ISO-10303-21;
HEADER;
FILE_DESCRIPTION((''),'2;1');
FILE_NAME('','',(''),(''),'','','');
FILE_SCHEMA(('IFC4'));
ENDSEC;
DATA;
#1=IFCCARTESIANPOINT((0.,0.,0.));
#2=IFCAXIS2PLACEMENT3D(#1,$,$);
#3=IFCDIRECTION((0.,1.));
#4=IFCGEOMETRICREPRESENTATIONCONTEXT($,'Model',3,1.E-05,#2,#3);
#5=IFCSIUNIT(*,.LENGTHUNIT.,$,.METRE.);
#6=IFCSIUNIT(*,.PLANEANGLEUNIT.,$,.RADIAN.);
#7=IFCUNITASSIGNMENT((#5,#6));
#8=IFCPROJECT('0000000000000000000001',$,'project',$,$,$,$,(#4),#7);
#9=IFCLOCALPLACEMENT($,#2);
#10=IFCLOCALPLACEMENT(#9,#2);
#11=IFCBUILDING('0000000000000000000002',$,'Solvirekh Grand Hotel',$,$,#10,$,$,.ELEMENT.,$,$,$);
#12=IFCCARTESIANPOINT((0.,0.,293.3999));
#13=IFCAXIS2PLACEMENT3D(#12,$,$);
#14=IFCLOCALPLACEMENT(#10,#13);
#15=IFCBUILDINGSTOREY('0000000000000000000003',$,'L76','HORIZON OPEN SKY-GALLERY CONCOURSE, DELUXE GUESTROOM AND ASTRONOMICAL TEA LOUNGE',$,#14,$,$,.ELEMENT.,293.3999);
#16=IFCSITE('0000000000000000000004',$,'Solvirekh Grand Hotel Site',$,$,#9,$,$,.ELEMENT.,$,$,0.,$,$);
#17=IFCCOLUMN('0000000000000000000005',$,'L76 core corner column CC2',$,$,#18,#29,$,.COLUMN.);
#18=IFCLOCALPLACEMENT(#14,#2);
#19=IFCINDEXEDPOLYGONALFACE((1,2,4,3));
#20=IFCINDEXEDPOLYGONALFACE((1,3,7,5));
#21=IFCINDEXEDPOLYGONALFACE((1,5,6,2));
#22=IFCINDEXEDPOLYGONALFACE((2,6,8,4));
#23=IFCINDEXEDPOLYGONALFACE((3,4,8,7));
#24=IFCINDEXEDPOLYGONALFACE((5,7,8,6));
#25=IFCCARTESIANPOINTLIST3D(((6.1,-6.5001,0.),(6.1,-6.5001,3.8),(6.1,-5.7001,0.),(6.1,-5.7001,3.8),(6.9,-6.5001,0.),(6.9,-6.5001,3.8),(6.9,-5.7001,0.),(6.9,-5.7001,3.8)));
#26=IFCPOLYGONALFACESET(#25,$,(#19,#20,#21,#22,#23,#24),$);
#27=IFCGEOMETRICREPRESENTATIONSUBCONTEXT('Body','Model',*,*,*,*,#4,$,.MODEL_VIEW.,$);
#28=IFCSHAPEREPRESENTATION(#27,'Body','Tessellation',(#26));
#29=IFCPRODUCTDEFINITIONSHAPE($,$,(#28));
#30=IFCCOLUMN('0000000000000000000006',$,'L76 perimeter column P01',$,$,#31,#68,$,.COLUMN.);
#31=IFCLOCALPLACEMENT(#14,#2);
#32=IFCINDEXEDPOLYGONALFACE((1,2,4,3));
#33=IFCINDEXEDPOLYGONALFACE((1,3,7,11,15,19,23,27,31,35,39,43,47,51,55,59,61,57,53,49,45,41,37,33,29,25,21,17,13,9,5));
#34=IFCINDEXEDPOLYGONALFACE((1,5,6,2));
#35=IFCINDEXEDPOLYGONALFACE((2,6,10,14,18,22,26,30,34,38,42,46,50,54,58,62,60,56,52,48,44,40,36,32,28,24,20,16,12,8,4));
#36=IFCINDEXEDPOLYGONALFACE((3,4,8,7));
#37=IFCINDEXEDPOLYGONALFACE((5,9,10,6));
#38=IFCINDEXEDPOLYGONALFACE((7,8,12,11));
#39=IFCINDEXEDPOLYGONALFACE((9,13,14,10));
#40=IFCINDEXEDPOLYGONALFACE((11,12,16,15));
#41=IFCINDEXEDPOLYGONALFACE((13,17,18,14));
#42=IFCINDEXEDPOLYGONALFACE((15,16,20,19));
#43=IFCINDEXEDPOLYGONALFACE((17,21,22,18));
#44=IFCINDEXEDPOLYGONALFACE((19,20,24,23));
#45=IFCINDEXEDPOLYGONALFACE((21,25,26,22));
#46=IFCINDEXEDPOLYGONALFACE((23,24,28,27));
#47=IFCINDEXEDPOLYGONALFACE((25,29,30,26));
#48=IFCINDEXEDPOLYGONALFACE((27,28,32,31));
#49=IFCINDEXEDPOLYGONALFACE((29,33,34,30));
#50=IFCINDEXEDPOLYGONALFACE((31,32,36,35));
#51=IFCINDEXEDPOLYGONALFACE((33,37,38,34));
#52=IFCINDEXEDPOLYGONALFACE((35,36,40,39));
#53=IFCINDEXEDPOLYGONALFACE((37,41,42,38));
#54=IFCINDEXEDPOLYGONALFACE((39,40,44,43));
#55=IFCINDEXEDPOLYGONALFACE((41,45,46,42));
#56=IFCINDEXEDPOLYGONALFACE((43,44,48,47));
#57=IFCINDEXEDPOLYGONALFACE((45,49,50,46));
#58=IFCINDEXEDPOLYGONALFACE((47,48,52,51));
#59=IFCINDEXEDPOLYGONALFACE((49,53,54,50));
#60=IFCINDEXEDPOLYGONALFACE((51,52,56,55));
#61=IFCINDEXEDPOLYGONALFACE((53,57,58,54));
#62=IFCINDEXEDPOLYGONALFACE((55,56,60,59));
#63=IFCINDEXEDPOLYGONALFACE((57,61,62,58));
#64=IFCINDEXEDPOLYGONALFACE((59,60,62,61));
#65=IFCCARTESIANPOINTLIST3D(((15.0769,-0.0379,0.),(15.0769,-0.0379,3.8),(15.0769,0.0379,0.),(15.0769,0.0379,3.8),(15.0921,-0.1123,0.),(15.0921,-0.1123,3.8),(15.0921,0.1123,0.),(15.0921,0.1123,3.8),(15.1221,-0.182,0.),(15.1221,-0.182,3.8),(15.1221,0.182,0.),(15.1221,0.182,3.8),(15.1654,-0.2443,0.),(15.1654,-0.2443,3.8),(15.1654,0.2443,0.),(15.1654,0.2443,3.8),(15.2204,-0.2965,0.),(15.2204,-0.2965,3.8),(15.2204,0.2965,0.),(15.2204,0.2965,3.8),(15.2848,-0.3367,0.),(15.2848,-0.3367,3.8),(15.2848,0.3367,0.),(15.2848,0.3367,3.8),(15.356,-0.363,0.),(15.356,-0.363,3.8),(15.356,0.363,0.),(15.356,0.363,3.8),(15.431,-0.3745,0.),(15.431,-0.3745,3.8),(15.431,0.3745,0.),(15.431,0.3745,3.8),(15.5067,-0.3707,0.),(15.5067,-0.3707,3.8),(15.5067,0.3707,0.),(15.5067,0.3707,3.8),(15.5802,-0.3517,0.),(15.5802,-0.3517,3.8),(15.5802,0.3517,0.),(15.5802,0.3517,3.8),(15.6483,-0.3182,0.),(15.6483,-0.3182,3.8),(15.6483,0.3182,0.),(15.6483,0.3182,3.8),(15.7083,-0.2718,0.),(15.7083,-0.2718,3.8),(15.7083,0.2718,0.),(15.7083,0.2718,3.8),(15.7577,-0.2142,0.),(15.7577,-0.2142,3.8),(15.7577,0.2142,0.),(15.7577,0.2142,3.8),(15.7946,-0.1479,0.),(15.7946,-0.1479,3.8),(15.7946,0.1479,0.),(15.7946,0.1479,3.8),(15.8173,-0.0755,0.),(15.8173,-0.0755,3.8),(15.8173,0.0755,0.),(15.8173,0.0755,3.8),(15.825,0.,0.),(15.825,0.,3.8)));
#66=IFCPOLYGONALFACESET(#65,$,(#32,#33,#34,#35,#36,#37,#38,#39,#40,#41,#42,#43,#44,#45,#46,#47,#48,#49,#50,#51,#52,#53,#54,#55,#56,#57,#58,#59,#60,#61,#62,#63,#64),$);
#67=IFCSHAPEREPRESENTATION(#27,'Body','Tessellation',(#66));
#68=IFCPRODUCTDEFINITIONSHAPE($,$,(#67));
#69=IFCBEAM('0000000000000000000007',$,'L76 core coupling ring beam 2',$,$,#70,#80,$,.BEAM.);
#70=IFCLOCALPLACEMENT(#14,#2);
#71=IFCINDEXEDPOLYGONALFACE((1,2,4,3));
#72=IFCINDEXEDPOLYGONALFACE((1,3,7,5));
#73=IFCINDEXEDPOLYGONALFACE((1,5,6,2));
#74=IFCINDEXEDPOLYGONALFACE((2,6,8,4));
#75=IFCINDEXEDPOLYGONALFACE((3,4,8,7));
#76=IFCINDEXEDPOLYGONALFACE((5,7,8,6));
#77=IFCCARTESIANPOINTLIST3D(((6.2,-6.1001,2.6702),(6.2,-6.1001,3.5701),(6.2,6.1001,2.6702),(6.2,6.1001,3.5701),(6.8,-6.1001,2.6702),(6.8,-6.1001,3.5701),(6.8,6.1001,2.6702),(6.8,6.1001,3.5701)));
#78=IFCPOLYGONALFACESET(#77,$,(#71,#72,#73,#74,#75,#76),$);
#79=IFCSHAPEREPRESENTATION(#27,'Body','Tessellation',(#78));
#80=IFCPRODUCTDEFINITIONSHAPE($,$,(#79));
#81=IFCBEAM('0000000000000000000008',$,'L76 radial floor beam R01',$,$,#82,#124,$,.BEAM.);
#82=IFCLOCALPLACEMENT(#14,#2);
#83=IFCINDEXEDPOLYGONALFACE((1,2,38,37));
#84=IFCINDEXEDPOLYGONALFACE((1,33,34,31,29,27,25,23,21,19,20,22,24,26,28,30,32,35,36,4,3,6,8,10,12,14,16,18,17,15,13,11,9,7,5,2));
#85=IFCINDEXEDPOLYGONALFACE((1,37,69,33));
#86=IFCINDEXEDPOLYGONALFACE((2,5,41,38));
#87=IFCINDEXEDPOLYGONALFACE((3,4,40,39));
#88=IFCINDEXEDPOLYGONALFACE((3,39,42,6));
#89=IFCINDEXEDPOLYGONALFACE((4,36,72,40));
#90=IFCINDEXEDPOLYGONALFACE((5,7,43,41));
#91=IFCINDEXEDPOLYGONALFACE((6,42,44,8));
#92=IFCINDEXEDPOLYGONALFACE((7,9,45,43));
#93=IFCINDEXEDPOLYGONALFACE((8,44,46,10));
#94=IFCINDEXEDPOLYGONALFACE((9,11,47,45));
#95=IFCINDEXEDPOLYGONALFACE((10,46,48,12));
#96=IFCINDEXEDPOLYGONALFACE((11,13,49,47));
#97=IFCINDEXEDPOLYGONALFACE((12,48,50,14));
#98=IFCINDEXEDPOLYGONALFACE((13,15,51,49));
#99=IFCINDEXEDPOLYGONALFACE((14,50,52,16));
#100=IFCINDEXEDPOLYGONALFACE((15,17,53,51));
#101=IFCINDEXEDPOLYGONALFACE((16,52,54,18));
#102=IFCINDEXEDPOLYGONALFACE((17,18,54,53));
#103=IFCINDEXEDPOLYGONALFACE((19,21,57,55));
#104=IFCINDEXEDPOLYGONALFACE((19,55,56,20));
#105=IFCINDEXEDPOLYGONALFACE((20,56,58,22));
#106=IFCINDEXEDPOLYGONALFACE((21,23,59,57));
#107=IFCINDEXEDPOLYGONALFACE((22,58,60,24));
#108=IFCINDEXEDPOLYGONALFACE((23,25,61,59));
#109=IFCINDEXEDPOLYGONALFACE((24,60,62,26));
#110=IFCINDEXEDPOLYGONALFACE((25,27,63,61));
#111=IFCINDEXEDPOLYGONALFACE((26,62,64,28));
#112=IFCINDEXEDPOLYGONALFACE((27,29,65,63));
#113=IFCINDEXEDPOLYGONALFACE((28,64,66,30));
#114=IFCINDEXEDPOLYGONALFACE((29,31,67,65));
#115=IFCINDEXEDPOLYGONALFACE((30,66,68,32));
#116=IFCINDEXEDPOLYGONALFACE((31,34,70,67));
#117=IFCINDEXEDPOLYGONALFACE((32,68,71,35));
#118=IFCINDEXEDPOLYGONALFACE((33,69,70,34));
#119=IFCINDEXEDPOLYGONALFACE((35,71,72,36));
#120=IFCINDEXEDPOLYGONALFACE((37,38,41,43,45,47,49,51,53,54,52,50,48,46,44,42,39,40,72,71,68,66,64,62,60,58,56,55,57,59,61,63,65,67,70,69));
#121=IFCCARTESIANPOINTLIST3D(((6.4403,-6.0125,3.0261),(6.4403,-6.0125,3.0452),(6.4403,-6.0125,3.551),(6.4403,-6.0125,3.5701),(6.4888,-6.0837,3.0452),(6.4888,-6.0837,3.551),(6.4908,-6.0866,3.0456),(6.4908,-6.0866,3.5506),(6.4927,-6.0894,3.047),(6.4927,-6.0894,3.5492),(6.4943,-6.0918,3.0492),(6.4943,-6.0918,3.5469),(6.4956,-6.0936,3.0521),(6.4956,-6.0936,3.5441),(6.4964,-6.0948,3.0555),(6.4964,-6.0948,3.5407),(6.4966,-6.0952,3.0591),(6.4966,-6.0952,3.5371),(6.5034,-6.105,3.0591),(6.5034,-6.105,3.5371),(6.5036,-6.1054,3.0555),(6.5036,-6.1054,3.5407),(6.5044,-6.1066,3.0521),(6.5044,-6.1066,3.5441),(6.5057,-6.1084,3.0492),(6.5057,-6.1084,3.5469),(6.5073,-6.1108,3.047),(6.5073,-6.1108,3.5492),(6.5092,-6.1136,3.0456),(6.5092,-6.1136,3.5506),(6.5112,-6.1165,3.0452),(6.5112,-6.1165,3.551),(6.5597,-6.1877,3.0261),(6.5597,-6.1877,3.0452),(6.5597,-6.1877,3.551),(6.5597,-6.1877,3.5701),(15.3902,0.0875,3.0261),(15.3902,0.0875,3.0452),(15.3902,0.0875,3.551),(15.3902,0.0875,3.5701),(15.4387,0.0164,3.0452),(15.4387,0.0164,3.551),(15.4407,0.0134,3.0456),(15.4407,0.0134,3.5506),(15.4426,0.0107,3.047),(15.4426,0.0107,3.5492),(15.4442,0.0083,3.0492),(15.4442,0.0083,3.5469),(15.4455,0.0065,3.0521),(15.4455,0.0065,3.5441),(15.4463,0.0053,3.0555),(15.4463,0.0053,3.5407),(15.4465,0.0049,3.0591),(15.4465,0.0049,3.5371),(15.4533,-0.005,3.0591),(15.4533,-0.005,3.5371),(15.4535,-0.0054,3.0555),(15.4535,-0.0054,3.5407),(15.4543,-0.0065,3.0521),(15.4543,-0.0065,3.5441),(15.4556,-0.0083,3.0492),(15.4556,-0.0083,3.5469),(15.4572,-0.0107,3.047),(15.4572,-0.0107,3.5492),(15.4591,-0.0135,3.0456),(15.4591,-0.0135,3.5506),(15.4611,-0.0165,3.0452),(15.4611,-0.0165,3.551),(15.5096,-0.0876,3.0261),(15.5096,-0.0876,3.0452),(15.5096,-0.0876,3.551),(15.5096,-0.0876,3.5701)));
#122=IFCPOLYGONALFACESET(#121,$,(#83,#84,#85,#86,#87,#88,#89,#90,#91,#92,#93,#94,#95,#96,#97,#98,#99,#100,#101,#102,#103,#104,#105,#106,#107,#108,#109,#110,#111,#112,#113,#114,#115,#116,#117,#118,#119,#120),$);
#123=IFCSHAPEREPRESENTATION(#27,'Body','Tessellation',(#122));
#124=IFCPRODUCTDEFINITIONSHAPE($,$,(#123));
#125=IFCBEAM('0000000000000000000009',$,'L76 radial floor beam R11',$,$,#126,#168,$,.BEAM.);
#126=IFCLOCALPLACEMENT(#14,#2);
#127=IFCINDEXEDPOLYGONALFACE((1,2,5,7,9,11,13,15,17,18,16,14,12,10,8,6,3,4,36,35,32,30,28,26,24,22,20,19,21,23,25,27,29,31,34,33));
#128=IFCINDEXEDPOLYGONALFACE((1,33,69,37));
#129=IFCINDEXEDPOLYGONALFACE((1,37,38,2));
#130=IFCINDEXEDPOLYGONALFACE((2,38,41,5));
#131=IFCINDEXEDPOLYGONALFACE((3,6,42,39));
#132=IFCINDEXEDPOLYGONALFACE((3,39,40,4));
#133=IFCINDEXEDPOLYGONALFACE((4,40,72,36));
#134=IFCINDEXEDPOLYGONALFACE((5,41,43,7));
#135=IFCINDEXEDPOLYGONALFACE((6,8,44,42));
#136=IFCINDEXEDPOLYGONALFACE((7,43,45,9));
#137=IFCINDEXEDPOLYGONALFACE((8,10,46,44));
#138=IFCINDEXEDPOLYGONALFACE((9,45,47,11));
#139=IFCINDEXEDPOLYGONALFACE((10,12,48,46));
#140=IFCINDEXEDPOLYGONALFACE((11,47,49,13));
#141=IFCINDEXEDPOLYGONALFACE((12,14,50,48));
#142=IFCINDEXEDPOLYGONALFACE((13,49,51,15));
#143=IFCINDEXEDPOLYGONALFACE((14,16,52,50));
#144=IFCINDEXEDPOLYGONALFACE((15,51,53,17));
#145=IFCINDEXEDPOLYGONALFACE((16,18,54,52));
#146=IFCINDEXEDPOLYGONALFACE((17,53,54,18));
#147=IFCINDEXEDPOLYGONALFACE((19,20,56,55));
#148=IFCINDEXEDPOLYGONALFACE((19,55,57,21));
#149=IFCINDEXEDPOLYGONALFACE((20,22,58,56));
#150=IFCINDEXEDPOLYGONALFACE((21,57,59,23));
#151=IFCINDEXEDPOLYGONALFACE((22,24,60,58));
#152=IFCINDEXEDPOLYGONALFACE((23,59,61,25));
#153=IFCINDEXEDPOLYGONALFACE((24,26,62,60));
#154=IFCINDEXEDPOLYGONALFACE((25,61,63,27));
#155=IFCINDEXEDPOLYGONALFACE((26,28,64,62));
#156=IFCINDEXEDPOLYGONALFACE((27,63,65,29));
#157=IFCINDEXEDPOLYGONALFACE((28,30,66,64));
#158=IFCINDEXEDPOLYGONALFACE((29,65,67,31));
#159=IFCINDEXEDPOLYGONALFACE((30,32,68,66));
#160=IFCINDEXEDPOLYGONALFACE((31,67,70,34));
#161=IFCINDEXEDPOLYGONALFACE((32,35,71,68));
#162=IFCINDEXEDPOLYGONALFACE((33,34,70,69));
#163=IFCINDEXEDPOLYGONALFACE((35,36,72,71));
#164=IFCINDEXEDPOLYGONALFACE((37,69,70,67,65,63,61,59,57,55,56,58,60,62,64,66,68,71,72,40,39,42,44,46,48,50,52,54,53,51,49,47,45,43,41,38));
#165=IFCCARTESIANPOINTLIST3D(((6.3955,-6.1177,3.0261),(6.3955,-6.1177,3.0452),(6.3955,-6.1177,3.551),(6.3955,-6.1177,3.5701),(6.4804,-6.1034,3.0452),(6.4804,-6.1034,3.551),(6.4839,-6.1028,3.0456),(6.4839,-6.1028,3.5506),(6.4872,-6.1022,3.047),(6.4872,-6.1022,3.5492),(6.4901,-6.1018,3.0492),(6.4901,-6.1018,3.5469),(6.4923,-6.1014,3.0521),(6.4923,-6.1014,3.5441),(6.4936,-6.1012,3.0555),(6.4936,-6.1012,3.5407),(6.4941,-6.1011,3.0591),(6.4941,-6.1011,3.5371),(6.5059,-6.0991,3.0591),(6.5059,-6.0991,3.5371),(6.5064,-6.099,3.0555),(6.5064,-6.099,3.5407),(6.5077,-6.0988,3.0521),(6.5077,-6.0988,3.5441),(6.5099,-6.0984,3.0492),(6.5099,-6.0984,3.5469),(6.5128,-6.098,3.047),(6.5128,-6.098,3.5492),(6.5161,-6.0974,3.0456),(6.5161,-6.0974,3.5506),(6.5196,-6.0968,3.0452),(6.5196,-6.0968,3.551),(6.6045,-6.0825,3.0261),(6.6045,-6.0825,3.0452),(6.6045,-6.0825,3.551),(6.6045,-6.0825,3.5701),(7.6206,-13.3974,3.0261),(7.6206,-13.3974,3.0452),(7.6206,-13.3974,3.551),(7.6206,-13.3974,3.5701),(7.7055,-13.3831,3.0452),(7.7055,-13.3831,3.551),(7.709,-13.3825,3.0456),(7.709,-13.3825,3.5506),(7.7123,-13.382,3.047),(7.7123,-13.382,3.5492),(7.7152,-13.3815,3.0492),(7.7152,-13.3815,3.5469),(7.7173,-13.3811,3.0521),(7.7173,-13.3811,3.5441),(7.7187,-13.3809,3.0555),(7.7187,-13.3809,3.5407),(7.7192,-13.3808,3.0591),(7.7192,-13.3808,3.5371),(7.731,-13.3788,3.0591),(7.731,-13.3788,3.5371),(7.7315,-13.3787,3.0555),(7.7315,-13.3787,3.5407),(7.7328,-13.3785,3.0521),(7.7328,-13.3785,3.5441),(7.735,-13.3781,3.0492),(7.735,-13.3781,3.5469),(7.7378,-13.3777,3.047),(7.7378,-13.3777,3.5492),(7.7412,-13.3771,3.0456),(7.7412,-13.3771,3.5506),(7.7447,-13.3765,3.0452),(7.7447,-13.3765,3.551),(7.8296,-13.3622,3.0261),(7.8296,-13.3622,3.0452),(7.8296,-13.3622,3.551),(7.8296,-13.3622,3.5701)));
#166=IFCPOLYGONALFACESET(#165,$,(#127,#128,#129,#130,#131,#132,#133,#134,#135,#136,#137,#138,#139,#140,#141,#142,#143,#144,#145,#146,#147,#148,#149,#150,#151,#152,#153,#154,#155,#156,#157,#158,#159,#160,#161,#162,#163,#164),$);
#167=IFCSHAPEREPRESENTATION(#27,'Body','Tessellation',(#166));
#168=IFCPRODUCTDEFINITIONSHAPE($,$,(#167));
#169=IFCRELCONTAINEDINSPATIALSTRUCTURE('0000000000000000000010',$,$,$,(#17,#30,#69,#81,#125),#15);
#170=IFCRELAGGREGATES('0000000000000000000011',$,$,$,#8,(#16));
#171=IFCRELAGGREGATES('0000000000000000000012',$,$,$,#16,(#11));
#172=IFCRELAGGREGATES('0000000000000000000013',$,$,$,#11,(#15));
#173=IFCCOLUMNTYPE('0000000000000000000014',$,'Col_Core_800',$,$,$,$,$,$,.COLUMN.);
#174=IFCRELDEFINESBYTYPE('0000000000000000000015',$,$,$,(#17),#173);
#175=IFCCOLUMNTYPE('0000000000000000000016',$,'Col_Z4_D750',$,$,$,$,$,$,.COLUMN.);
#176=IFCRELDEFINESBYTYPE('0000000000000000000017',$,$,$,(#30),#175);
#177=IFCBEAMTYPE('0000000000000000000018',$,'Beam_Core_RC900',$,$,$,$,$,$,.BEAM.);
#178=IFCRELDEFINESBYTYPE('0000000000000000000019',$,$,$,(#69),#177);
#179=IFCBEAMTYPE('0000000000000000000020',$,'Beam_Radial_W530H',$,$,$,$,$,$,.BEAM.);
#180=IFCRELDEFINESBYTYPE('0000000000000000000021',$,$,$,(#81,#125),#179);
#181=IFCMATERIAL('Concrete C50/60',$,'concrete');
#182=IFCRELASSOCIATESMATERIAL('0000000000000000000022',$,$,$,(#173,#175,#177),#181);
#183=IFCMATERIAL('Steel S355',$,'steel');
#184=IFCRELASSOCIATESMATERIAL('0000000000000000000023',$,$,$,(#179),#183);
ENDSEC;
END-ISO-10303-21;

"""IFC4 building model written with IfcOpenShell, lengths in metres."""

from ifc_helpers import new_model, si_unit, direction, frame, origin, origin_2d, place, context, subcontext, project, spatial, rectangle, circle, i_section, extrude, material, material_profile, profile_set, type_object, element, save


model = new_model("IFC4")

# Units and contexts
model_context = context("Model", 3, precision=1e-05, world=origin(), true_north=direction((0.0, 1.0)))
body_context = subcontext(model_context, "Body", "Model", "MODEL_VIEW")
ifc_project = project(units=[si_unit("LENGTHUNIT", "METRE"), si_unit("PLANEANGLEUNIT", "RADIAN")], contexts=[model_context])

# Site, building, storey
site_placement = place(None, origin())
site = spatial("IfcSite", under=ifc_project, at=site_placement, Name="Solvirekh Grand Hotel Site", CompositionType="ELEMENT", RefElevation=0.0)
building_placement = place(site_placement, origin())
building = spatial("IfcBuilding", under=site, at=building_placement, Name="Solvirekh Grand Hotel", CompositionType="ELEMENT")
storey_placement = place(building_placement, frame((0.0, 0.0, 293.3999)))
storey = spatial("IfcBuildingStorey", under=building, at=storey_placement, Name="L76", Description="HORIZON OPEN SKY-GALLERY CONCOURSE, DELUXE GUESTROOM AND ASTRONOMICAL TEA LOUNGE", CompositionType="ELEMENT", Elevation=293.3999)

# Columns
ifc_material_1 = material(Name="Concrete C50/60", Category="concrete")
ifc_material_profile_1 = material_profile(ifc_material_1, rectangle(XDim=0.8, YDim=0.8, at=origin_2d()), Name="RC 800X800")
ifc_profile_set_1 = profile_set([ifc_material_profile_1], Name="Concrete C50/60")
column_type_1 = type_object("IfcColumnType", Name="Col_Core_800", PredefinedType="COLUMN", material=ifc_profile_set_1)
column_1_placement = place(storey_placement, frame((6.5, -6.1001, 0.0), z_axis=(0.0, 0.0, 1.0), x_axis=(1.0, 0.0, 0.0)))
element("IfcColumn", 1, at=column_1_placement, inside=storey, type_object=column_type_1, Name="L76 core corner column CC2", PredefinedType="COLUMN", context=body_context, shape_type="SweptSolid", body=[
    extrude(rectangle(XDim=0.8, YDim=0.8, at=origin_2d()), origin(), (0.0, 0.0, 1.0), 3.8),
])
ifc_material_profile_2 = material_profile(ifc_material_1, circle(Radius=0.375, at=origin_2d()), Name="RC CIRC D750")
ifc_profile_set_2 = profile_set([ifc_material_profile_2], Name="Concrete C50/60")
column_type_2 = type_object("IfcColumnType", Name="Col_Z4_D750", PredefinedType="COLUMN", material=ifc_profile_set_2)
column_2_placement = place(storey_placement, frame((15.45, 0.0, 0.0), z_axis=(0.0, 0.0, 1.0), x_axis=(1.0, 0.0, 0.0)))
element("IfcColumn", 2, at=column_2_placement, inside=storey, type_object=column_type_2, Name="L76 perimeter column P01", PredefinedType="COLUMN", context=body_context, shape_type="SweptSolid", body=[
    extrude(circle(Radius=0.375, at=origin_2d()), origin(), (0.0, 0.0, 1.0), 3.8),
])

# Beams
ifc_material_profile_3 = material_profile(ifc_material_1, rectangle(XDim=0.6001, YDim=0.8999, at=origin_2d()), Name="RC BEAM 600X900")
ifc_profile_set_3 = profile_set([ifc_material_profile_3], Name="Concrete C50/60")
beam_type_1 = type_object("IfcBeamType", Name="Beam_Core_RC900", PredefinedType="BEAM", material=ifc_profile_set_3)
beam_1_placement = place(storey_placement, frame((6.5, -6.1001, 3.1201), z_axis=(0.0, 1.0, 0.0), x_axis=(-1.0, 0.0, 0.0)))
element("IfcBeam", 3, at=beam_1_placement, inside=storey, type_object=beam_type_1, Name="L76 core coupling ring beam 2", PredefinedType="BEAM", context=body_context, shape_type="SweptSolid", body=[
    extrude(rectangle(XDim=0.6001, YDim=0.8999, at=origin_2d()), origin(), (0.0, 0.0, 1.0), 12.2002),
])
ifc_material_2 = material(Name="Steel S355", Category="steel")
ifc_material_profile_4 = material_profile(ifc_material_2, i_section(OverallWidth=0.2119, OverallDepth=0.5439, WebThickness=0.012, FlangeThickness=0.019, FilletRadius=0.0139, at=origin_2d()), Name="W530X123")
ifc_profile_set_4 = profile_set([ifc_material_profile_4], Name="Steel S355")
beam_type_2 = type_object("IfcBeamType", Name="Beam_Radial_W530H", PredefinedType="BEAM", material=ifc_profile_set_4)
beam_2_placement = place(storey_placement, frame((6.5, -6.1001, 3.2981), z_axis=(0.826319, 0.563202, 0.0), x_axis=(-0.563202, 0.826319, 0.0)))
element("IfcBeam", 4, at=beam_2_placement, inside=storey, type_object=beam_type_2, Name="L76 radial floor beam R01", PredefinedType="BEAM", context=body_context, shape_type="SweptSolid", body=[
    extrude(i_section(OverallWidth=0.2119, OverallDepth=0.5439, WebThickness=0.012, FlangeThickness=0.019, FilletRadius=0.0139, at=origin_2d()), origin(), (0.0, 0.0, 1.0), 10.8311),
])
beam_3_placement = place(storey_placement, frame((6.5, -6.1001, 3.2981), z_axis=(0.165954, -0.986133, 0.0), x_axis=(0.986133, 0.165954, 0.0)))
element("IfcBeam", 5, at=beam_3_placement, inside=storey, type_object=beam_type_2, Name="L76 radial floor beam R11", PredefinedType="BEAM", context=body_context, shape_type="SweptSolid", body=[
    extrude(i_section(OverallWidth=0.2119, OverallDepth=0.5439, WebThickness=0.012, FlangeThickness=0.019, FilletRadius=0.0139, at=origin_2d()), origin(), (0.0, 0.0, 1.0), 7.3821),
])

save(model, "model.ifc")
